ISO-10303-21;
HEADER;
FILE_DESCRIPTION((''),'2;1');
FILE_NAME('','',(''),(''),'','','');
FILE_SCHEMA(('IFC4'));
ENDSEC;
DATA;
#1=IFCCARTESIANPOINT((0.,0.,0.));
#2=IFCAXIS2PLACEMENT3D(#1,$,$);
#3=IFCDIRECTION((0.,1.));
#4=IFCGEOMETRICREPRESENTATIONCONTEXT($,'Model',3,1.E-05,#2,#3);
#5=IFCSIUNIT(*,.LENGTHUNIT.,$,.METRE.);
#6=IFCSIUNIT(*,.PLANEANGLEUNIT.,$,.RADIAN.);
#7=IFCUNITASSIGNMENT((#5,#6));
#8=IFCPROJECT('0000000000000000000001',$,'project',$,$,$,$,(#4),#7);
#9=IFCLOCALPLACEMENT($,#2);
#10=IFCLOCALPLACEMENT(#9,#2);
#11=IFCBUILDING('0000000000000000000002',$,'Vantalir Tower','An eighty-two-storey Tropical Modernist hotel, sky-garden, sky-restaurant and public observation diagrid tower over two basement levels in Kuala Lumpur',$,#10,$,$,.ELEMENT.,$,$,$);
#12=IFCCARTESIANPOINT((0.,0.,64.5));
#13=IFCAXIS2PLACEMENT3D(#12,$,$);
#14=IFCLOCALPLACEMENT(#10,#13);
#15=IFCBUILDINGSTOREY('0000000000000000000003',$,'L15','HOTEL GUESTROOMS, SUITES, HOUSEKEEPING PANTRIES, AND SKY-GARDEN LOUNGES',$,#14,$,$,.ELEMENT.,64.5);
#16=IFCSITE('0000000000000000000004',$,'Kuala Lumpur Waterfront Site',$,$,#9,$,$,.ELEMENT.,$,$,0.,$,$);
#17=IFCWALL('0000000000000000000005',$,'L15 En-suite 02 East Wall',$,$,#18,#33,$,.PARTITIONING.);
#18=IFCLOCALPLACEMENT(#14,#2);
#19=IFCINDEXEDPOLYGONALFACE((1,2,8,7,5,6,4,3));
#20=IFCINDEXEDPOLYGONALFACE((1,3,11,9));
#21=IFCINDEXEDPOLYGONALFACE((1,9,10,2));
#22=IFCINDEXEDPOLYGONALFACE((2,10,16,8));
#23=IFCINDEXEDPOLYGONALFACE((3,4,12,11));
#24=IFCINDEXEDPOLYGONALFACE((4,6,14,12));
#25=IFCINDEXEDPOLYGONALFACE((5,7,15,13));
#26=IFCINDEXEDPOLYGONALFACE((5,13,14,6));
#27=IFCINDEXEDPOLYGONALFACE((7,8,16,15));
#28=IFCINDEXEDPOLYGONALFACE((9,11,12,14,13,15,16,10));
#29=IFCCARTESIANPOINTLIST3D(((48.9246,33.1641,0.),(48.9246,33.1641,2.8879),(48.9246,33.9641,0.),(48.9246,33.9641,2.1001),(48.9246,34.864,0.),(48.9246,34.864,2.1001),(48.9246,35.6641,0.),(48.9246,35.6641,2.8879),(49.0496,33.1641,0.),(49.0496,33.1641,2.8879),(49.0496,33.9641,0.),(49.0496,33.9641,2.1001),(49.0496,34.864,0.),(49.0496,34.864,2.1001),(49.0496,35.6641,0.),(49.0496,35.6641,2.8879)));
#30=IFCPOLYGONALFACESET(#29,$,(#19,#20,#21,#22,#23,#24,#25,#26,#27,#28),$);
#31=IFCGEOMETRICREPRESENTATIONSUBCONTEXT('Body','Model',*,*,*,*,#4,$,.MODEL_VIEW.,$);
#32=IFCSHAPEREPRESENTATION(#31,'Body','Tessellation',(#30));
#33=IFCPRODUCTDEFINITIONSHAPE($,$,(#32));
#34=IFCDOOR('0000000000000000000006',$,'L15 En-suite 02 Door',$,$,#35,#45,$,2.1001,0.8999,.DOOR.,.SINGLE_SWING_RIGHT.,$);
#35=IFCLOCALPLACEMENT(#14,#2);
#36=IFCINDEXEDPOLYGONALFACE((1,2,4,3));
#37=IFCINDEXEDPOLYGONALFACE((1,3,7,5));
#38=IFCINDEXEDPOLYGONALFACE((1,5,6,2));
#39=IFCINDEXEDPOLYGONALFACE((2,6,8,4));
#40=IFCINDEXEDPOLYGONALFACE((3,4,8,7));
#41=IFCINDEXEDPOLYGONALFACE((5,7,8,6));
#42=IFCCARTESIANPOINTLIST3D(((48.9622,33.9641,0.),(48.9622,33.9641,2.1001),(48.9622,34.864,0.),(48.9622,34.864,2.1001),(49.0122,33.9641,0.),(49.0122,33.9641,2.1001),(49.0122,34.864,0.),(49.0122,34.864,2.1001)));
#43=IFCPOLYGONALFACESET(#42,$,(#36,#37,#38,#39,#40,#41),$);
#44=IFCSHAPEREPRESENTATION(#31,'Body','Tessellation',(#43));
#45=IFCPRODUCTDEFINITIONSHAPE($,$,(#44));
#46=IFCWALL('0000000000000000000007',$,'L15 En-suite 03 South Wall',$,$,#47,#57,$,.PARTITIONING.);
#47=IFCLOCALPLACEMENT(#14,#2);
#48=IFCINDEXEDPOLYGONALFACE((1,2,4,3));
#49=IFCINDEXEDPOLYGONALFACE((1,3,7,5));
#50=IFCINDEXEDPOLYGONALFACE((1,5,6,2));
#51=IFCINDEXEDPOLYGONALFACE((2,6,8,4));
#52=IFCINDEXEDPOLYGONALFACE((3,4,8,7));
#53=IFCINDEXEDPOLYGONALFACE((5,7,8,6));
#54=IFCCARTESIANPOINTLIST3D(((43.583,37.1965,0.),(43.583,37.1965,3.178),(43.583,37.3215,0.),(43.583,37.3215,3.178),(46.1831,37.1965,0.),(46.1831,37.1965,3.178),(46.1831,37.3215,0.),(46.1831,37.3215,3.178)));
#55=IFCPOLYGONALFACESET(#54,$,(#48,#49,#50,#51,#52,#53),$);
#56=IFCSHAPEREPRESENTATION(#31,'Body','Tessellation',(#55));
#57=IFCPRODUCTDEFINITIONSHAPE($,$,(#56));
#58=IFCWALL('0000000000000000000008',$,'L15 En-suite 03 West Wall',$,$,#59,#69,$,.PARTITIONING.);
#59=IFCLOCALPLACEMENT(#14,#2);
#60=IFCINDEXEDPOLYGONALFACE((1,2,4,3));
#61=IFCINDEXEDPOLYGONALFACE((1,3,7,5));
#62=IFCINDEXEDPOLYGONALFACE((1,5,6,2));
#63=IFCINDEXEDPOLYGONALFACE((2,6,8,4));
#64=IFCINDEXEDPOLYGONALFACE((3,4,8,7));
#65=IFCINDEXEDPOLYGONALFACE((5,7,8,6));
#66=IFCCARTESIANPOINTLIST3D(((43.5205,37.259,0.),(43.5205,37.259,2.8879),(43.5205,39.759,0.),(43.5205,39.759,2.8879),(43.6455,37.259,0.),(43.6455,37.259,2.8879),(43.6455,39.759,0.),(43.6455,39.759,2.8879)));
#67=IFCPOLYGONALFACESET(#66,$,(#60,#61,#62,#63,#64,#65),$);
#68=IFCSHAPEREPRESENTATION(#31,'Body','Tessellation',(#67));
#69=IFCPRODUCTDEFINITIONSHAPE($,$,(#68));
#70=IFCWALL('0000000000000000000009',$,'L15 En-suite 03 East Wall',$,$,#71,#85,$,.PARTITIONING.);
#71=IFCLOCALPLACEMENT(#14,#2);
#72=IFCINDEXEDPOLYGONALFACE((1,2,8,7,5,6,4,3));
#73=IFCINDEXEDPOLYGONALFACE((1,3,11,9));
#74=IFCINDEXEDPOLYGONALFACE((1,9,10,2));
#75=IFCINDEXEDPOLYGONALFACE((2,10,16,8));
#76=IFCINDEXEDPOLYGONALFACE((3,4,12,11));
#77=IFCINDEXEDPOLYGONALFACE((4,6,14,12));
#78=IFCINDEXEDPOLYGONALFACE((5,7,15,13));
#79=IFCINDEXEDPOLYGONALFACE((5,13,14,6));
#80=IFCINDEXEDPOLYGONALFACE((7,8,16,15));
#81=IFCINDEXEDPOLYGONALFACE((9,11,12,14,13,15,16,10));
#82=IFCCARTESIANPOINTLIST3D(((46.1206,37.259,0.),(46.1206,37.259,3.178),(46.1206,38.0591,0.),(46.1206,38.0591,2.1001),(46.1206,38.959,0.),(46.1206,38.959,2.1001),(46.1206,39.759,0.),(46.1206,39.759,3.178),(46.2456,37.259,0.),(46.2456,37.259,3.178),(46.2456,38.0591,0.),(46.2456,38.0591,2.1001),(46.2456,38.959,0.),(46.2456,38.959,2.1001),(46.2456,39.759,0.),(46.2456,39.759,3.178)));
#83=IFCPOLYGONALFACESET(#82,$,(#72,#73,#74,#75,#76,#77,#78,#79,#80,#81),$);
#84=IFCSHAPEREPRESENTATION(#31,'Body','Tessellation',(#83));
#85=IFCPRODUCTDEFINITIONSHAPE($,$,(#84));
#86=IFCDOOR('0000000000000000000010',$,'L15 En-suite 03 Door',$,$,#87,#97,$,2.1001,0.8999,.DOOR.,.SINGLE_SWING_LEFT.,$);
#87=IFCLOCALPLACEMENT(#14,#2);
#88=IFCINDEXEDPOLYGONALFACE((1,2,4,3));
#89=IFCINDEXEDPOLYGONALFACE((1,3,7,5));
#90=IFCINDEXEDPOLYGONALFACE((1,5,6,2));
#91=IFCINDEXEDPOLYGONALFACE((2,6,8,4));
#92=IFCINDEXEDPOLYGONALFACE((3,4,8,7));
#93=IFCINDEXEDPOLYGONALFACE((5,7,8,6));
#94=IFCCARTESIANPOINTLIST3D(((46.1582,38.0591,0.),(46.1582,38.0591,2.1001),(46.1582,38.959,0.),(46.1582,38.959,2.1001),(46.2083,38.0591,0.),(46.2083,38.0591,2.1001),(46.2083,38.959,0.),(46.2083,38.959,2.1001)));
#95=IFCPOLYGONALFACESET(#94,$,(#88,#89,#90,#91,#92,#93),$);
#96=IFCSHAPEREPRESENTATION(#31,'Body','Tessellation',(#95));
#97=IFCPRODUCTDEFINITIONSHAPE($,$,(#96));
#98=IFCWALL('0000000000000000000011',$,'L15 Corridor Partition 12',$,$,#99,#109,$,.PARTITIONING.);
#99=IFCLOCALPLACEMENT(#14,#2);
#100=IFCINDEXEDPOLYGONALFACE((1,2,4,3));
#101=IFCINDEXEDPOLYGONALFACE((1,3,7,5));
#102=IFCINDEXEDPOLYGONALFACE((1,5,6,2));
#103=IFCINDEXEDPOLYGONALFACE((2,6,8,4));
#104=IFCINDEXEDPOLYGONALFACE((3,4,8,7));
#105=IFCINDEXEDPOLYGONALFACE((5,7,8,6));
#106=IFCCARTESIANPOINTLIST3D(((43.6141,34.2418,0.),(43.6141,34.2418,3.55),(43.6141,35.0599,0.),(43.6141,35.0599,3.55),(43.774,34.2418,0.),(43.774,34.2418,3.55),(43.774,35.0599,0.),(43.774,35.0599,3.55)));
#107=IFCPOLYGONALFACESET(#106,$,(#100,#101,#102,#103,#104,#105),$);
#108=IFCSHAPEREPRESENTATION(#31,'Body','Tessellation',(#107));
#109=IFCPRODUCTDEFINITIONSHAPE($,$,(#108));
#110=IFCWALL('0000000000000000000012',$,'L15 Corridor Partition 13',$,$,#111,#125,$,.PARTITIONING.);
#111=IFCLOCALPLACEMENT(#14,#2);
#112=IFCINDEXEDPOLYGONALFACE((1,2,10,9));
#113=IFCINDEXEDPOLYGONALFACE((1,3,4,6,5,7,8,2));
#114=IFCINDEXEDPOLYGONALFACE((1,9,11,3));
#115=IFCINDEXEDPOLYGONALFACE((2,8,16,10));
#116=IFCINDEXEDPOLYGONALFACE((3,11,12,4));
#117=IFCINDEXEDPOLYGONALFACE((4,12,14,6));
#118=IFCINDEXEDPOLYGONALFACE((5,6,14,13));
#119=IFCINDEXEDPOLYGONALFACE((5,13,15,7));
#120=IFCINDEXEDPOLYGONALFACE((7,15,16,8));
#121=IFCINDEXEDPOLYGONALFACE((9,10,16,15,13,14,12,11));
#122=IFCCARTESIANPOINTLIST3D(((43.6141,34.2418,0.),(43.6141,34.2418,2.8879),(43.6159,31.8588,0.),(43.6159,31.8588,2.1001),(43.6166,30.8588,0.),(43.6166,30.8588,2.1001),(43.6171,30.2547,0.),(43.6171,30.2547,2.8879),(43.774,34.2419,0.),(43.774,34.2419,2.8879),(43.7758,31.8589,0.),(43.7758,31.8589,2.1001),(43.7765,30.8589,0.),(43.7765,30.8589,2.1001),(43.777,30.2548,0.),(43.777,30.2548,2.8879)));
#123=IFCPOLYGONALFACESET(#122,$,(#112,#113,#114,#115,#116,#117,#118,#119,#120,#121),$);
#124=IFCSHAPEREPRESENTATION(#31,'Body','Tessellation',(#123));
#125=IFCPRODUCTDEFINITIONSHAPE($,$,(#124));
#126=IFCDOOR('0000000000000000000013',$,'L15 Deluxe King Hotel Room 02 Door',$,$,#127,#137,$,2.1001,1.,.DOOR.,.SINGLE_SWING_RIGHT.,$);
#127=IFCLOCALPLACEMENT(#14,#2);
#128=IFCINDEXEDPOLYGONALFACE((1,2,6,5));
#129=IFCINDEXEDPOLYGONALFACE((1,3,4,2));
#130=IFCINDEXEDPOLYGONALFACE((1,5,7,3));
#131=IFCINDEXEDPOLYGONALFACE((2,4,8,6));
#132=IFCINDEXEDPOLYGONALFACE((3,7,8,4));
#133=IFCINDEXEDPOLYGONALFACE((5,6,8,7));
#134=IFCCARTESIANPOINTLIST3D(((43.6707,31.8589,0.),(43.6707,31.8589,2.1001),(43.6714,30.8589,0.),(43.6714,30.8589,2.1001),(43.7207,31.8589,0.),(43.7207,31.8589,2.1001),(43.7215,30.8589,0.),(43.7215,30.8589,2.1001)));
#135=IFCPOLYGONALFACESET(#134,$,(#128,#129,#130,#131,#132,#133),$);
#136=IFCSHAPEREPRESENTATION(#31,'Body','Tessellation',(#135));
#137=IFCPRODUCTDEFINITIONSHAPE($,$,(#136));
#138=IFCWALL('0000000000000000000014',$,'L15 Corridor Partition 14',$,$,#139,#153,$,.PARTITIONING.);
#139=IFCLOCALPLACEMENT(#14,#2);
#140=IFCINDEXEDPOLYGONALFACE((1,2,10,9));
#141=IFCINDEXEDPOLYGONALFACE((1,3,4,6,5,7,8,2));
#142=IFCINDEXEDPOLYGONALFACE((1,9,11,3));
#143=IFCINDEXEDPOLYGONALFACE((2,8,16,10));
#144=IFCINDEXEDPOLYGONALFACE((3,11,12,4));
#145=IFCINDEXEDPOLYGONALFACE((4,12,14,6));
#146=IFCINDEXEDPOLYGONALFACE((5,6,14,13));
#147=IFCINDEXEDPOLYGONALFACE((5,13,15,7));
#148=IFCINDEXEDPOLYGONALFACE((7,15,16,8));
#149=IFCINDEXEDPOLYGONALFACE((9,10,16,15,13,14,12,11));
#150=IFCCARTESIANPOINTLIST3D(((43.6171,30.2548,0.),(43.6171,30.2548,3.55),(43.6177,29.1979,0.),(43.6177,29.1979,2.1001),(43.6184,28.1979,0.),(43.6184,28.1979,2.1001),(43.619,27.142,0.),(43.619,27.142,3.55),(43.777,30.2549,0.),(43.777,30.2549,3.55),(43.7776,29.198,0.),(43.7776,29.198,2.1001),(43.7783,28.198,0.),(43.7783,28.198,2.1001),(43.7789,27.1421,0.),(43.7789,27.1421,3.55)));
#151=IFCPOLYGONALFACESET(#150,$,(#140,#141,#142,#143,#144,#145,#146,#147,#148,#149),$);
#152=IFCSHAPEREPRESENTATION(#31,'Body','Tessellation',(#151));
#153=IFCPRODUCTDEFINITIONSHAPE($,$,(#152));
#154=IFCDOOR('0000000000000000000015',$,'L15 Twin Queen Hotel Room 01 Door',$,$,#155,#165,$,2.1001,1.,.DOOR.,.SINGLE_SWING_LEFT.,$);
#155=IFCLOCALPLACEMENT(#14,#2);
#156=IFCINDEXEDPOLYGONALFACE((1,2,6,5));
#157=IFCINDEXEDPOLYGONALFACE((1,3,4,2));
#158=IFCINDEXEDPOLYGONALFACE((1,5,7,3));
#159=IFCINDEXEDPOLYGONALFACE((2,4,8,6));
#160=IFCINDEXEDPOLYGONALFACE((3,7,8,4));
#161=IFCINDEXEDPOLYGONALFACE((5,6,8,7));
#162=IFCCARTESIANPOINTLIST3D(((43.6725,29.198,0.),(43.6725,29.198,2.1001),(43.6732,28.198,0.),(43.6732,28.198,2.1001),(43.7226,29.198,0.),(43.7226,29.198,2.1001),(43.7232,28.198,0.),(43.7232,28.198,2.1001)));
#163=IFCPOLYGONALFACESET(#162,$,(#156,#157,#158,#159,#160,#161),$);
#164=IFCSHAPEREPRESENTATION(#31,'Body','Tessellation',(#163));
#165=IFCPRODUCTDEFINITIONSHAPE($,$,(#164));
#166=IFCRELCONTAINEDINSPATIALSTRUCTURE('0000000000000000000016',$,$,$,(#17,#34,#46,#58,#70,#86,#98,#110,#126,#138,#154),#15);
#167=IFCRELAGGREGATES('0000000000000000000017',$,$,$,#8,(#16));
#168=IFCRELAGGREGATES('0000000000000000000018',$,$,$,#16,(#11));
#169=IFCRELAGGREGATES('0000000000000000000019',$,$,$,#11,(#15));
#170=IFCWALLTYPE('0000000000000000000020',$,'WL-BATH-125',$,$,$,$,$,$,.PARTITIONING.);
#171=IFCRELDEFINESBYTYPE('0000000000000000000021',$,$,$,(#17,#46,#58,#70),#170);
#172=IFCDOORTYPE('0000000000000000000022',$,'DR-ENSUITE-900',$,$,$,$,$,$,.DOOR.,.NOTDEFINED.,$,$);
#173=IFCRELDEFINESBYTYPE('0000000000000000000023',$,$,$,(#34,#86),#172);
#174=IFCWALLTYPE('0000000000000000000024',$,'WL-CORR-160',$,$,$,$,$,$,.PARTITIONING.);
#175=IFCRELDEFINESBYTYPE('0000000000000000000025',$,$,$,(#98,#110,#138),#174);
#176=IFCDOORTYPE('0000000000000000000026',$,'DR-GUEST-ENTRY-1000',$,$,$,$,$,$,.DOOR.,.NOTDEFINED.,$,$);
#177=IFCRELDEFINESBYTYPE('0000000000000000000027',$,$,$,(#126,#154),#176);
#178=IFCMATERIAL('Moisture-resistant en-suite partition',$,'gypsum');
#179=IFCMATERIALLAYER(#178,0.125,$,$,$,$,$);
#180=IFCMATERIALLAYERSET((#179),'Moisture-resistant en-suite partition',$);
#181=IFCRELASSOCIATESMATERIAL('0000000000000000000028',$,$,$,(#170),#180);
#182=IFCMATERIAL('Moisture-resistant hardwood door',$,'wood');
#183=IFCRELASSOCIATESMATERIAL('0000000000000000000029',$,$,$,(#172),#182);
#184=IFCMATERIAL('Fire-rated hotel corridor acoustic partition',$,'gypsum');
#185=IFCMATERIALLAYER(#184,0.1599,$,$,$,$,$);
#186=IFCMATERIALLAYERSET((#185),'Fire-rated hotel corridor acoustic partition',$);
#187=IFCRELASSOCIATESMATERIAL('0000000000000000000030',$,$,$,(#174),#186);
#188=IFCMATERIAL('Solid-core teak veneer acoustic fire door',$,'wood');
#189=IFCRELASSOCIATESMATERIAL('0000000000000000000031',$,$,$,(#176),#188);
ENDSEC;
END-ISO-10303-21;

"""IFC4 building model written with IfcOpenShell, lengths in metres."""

from ifc_helpers import new_model, si_unit, direction, frame, frame_2d, origin, place, context, subcontext, project, spatial, rectangle, extrude, material, layer, layer_set, type_object, element, fill, save


model = new_model("IFC4")

# Units and contexts
model_context = context("Model", 3, precision=1e-05, world=origin(), true_north=direction((0.0, 1.0)))
body_context = subcontext(model_context, "Body", "Model", "MODEL_VIEW")
ifc_project = project(units=[si_unit("LENGTHUNIT", "METRE"), si_unit("PLANEANGLEUNIT", "RADIAN")], contexts=[model_context])

# Site, building, storey
site_placement = place(None, origin())
site = spatial("IfcSite", under=ifc_project, at=site_placement, Name="Kuala Lumpur Waterfront Site", CompositionType="ELEMENT", RefElevation=0.0)
building_placement = place(site_placement, origin())
building = spatial("IfcBuilding", under=site, at=building_placement, Name="Vantalir Tower", Description="An eighty-two-storey Tropical Modernist hotel, sky-garden, sky-restaurant and public observation diagrid tower over two basement levels in Kuala Lumpur", CompositionType="ELEMENT")
storey_placement = place(building_placement, frame((0.0, 0.0, 64.5)))
storey = spatial("IfcBuildingStorey", under=building, at=storey_placement, Name="L15", Description="HOTEL GUESTROOMS, SUITES, HOUSEKEEPING PANTRIES, AND SKY-GARDEN LOUNGES", CompositionType="ELEMENT", Elevation=64.5)

# Shared definitions
ifc_material_1 = material(Name="Moisture-resistant en-suite partition", Category="gypsum")
ifc_layer_1 = layer(ifc_material_1, 0.125)
ifc_layer_set_1 = layer_set([ifc_layer_1], Name="Moisture-resistant en-suite partition")
wall_type_1 = type_object("IfcWallType", Name="WL-BATH-125", PredefinedType="PARTITIONING", material=ifc_layer_set_1)

# Shared definitions
ifc_material_2 = material(Name="Moisture-resistant hardwood door", Category="wood")
door_type_1 = type_object("IfcDoorType", Name="DR-ENSUITE-900", OperationType="NOTDEFINED", PredefinedType="DOOR", material=ifc_material_2)

# Wall, opening, door
wall_1_placement = place(storey_placement, frame((48.9871, 33.1641, 0.0), z_axis=(0.0, 0.0, 1.0), x_axis=(0.0, 1.0, 0.0)))
wall_1 = element("IfcWall", 1, at=wall_1_placement, inside=storey, type_object=wall_type_1, Name="L15 En-suite 02 East Wall", PredefinedType="PARTITIONING", context=body_context, shape_type="SweptSolid", body=[
    extrude(rectangle(XDim=2.5, YDim=0.125, at=frame_2d((1.25, 0.0))), origin(), (0.0, 0.0, 1.0), 2.8879),
])
opening_1_placement = place(wall_1_placement, frame((0.8, 0.0, 0.0)))
opening_1 = element("IfcOpeningElement", 2, at=opening_1_placement, cuts=wall_1, PredefinedType="OPENING", context=body_context, shape_type="SweptSolid", body=[
    extrude(rectangle(XDim=0.8999, YDim=2.1001, at=frame_2d((0.45, 1.05))), frame((0.0, 0.0725, 0.0), z_axis=(0.0, -1.0, 0.0), x_axis=(1.0, 0.0, 0.0)), (0.0, 0.0, 1.0), 0.145),
])
door_1_placement = place(opening_1_placement, origin())
door_1 = element("IfcDoor", 3, at=door_1_placement, inside=storey, type_object=door_type_1, Name="L15 En-suite 02 Door", OperationType="SINGLE_SWING_RIGHT", OverallHeight=2.1001, OverallWidth=0.8999, PredefinedType="DOOR", context=body_context, shape_type="SweptSolid", body=[
    extrude(rectangle(XDim=0.8999, YDim=2.1001, at=frame_2d((0.45, 1.05))), frame((0.0, 0.0249, 0.0), z_axis=(0.0, -1.0, 0.0), x_axis=(1.0, 0.0, 0.0)), (0.0, 0.0, 1.0), 0.05),
])
fill(opening_1, door_1)

# Walls
wall_2_placement = place(storey_placement, frame((43.583, 37.259, 0.0), z_axis=(0.0, 0.0, 1.0), x_axis=(1.0, 0.0, 0.0)))
element("IfcWall", 4, at=wall_2_placement, inside=storey, type_object=wall_type_1, Name="L15 En-suite 03 South Wall", PredefinedType="PARTITIONING", context=body_context, shape_type="SweptSolid", body=[
    extrude(rectangle(XDim=2.6001, YDim=0.125, at=frame_2d((1.3, 0.0))), origin(), (0.0, 0.0, 1.0), 3.178),
])
wall_3_placement = place(storey_placement, frame((43.583, 37.259, 0.0), z_axis=(0.0, 0.0, 1.0), x_axis=(0.0, 1.0, 0.0)))
element("IfcWall", 5, at=wall_3_placement, inside=storey, type_object=wall_type_1, Name="L15 En-suite 03 West Wall", PredefinedType="PARTITIONING", context=body_context, shape_type="SweptSolid", body=[
    extrude(rectangle(XDim=2.5, YDim=0.125, at=frame_2d((1.25, 0.0))), origin(), (0.0, 0.0, 1.0), 2.8879),
])

# Wall, opening, door
wall_4_placement = place(storey_placement, frame((46.1831, 37.259, 0.0), z_axis=(0.0, 0.0, 1.0), x_axis=(0.0, 1.0, 0.0)))
wall_4 = element("IfcWall", 6, at=wall_4_placement, inside=storey, type_object=wall_type_1, Name="L15 En-suite 03 East Wall", PredefinedType="PARTITIONING", context=body_context, shape_type="SweptSolid", body=[
    extrude(rectangle(XDim=2.5, YDim=0.125, at=frame_2d((1.25, 0.0))), origin(), (0.0, 0.0, 1.0), 3.178),
])
opening_2_placement = place(wall_4_placement, frame((0.8, 0.0, 0.0)))
opening_2 = element("IfcOpeningElement", 7, at=opening_2_placement, cuts=wall_4, PredefinedType="OPENING", context=body_context, shape_type="SweptSolid", body=[
    extrude(rectangle(XDim=0.8999, YDim=2.1001, at=frame_2d((0.45, 1.05))), frame((0.0, 0.0725, 0.0), z_axis=(0.0, -1.0, 0.0), x_axis=(1.0, 0.0, 0.0)), (0.0, 0.0, 1.0), 0.145),
])
door_2_placement = place(opening_2_placement, origin())
door_2 = element("IfcDoor", 8, at=door_2_placement, inside=storey, type_object=door_type_1, Name="L15 En-suite 03 Door", OperationType="SINGLE_SWING_LEFT", OverallHeight=2.1001, OverallWidth=0.8999, PredefinedType="DOOR", context=body_context, shape_type="SweptSolid", body=[
    extrude(rectangle(XDim=0.8999, YDim=2.1001, at=frame_2d((0.45, 1.05))), frame((0.0, 0.0249, 0.0), z_axis=(0.0, -1.0, 0.0), x_axis=(1.0, 0.0, 0.0)), (0.0, 0.0, 1.0), 0.05),
])
fill(opening_2, door_2)

# Wall
ifc_material_3 = material(Name="Fire-rated hotel corridor acoustic partition", Category="gypsum")
ifc_layer_2 = layer(ifc_material_3, 0.1599)
ifc_layer_set_2 = layer_set([ifc_layer_2], Name="Fire-rated hotel corridor acoustic partition")
wall_type_2 = type_object("IfcWallType", Name="WL-CORR-160", PredefinedType="PARTITIONING", material=ifc_layer_set_2)
wall_5_placement = place(storey_placement, frame((43.6941, 35.0601, 0.0), z_axis=(0.0, 0.0, 1.0), x_axis=(0.0, -1.0, 0.0)))
element("IfcWall", 9, at=wall_5_placement, inside=storey, type_object=wall_type_2, Name="L15 Corridor Partition 12", PredefinedType="PARTITIONING", context=body_context, shape_type="SweptSolid", body=[
    extrude(rectangle(XDim=0.8181, YDim=0.1599, at=frame_2d((0.4092, 0.0))), origin(), (0.0, 0.0, 1.0), 3.55),
])

# Walls, openings, doors
wall_6_placement = place(storey_placement, frame((43.6941, 34.2419, 0.0), z_axis=(0.0, 0.0, 1.0), x_axis=(0.000735, -1.0, 0.0)))
wall_6 = element("IfcWall", 10, at=wall_6_placement, inside=storey, type_object=wall_type_2, Name="L15 Corridor Partition 13", PredefinedType="PARTITIONING", context=body_context, shape_type="SweptSolid", body=[
    extrude(rectangle(XDim=3.9871, YDim=0.1599, at=frame_2d((1.9937, 0.0))), origin(), (0.0, 0.0, 1.0), 2.8879),
])
opening_3_placement = place(wall_6_placement, frame((2.3831, 0.0, 0.0)))
opening_3 = element("IfcOpeningElement", 11, at=opening_3_placement, cuts=wall_6, PredefinedType="OPENING", context=body_context, shape_type="SweptSolid", body=[
    extrude(rectangle(XDim=1.0, YDim=2.1001, at=frame_2d((0.5, 1.05))), frame((0.0, 0.0898, 0.0), z_axis=(0.0, -1.0, 0.0), x_axis=(1.0, 0.0, 0.0)), (0.0, 0.0, 1.0), 0.1799),
])
ifc_material_4 = material(Name="Solid-core teak veneer acoustic fire door", Category="wood")
door_type_2 = type_object("IfcDoorType", Name="DR-GUEST-ENTRY-1000", OperationType="NOTDEFINED", PredefinedType="DOOR", material=ifc_material_4)
door_3_placement = place(opening_3_placement, origin())
door_3 = element("IfcDoor", 12, at=door_3_placement, inside=storey, type_object=door_type_2, Name="L15 Deluxe King Hotel Room 02 Door", OperationType="SINGLE_SWING_RIGHT", OverallHeight=2.1001, OverallWidth=1.0, PredefinedType="DOOR", context=body_context, shape_type="SweptSolid", body=[
    extrude(rectangle(XDim=1.0, YDim=2.1001, at=frame_2d((0.5, 1.05))), frame((0.0, 0.0249, 0.0), z_axis=(0.0, -1.0, 0.0), x_axis=(1.0, 0.0, 0.0)), (0.0, 0.0, 1.0), 0.05),
])
fill(opening_3, door_3)
wall_7_placement = place(storey_placement, frame((43.697, 30.2549, 0.0), z_axis=(0.0, 0.0, 1.0), x_axis=(0.000627, -1.0, 0.0)))
wall_7 = element("IfcWall", 13, at=wall_7_placement, inside=storey, type_object=wall_type_2, Name="L15 Corridor Partition 14", PredefinedType="PARTITIONING", context=body_context, shape_type="SweptSolid", body=[
    extrude(rectangle(XDim=3.1128, YDim=0.1599, at=frame_2d((1.5564, 0.0))), origin(), (0.0, 0.0, 1.0), 3.55),
])
opening_4_placement = place(wall_7_placement, frame((1.0569, 0.0, 0.0)))
opening_4 = element("IfcOpeningElement", 14, at=opening_4_placement, cuts=wall_7, PredefinedType="OPENING", context=body_context, shape_type="SweptSolid", body=[
    extrude(rectangle(XDim=1.0, YDim=2.1001, at=frame_2d((0.5, 1.05))), frame((0.0, 0.0898, 0.0), z_axis=(0.0, -1.0, 0.0), x_axis=(1.0, 0.0, 0.0)), (0.0, 0.0, 1.0), 0.1799),
])
door_4_placement = place(opening_4_placement, origin())
door_4 = element("IfcDoor", 15, at=door_4_placement, inside=storey, type_object=door_type_2, Name="L15 Twin Queen Hotel Room 01 Door", OperationType="SINGLE_SWING_LEFT", OverallHeight=2.1001, OverallWidth=1.0, PredefinedType="DOOR", context=body_context, shape_type="SweptSolid", body=[
    extrude(rectangle(XDim=1.0, YDim=2.1001, at=frame_2d((0.5, 1.05))), frame((0.0, 0.0249, 0.0), z_axis=(0.0, -1.0, 0.0), x_axis=(1.0, 0.0, 0.0)), (0.0, 0.0, 1.0), 0.05),
])
fill(opening_4, door_4)

save(model, "model.ifc")
